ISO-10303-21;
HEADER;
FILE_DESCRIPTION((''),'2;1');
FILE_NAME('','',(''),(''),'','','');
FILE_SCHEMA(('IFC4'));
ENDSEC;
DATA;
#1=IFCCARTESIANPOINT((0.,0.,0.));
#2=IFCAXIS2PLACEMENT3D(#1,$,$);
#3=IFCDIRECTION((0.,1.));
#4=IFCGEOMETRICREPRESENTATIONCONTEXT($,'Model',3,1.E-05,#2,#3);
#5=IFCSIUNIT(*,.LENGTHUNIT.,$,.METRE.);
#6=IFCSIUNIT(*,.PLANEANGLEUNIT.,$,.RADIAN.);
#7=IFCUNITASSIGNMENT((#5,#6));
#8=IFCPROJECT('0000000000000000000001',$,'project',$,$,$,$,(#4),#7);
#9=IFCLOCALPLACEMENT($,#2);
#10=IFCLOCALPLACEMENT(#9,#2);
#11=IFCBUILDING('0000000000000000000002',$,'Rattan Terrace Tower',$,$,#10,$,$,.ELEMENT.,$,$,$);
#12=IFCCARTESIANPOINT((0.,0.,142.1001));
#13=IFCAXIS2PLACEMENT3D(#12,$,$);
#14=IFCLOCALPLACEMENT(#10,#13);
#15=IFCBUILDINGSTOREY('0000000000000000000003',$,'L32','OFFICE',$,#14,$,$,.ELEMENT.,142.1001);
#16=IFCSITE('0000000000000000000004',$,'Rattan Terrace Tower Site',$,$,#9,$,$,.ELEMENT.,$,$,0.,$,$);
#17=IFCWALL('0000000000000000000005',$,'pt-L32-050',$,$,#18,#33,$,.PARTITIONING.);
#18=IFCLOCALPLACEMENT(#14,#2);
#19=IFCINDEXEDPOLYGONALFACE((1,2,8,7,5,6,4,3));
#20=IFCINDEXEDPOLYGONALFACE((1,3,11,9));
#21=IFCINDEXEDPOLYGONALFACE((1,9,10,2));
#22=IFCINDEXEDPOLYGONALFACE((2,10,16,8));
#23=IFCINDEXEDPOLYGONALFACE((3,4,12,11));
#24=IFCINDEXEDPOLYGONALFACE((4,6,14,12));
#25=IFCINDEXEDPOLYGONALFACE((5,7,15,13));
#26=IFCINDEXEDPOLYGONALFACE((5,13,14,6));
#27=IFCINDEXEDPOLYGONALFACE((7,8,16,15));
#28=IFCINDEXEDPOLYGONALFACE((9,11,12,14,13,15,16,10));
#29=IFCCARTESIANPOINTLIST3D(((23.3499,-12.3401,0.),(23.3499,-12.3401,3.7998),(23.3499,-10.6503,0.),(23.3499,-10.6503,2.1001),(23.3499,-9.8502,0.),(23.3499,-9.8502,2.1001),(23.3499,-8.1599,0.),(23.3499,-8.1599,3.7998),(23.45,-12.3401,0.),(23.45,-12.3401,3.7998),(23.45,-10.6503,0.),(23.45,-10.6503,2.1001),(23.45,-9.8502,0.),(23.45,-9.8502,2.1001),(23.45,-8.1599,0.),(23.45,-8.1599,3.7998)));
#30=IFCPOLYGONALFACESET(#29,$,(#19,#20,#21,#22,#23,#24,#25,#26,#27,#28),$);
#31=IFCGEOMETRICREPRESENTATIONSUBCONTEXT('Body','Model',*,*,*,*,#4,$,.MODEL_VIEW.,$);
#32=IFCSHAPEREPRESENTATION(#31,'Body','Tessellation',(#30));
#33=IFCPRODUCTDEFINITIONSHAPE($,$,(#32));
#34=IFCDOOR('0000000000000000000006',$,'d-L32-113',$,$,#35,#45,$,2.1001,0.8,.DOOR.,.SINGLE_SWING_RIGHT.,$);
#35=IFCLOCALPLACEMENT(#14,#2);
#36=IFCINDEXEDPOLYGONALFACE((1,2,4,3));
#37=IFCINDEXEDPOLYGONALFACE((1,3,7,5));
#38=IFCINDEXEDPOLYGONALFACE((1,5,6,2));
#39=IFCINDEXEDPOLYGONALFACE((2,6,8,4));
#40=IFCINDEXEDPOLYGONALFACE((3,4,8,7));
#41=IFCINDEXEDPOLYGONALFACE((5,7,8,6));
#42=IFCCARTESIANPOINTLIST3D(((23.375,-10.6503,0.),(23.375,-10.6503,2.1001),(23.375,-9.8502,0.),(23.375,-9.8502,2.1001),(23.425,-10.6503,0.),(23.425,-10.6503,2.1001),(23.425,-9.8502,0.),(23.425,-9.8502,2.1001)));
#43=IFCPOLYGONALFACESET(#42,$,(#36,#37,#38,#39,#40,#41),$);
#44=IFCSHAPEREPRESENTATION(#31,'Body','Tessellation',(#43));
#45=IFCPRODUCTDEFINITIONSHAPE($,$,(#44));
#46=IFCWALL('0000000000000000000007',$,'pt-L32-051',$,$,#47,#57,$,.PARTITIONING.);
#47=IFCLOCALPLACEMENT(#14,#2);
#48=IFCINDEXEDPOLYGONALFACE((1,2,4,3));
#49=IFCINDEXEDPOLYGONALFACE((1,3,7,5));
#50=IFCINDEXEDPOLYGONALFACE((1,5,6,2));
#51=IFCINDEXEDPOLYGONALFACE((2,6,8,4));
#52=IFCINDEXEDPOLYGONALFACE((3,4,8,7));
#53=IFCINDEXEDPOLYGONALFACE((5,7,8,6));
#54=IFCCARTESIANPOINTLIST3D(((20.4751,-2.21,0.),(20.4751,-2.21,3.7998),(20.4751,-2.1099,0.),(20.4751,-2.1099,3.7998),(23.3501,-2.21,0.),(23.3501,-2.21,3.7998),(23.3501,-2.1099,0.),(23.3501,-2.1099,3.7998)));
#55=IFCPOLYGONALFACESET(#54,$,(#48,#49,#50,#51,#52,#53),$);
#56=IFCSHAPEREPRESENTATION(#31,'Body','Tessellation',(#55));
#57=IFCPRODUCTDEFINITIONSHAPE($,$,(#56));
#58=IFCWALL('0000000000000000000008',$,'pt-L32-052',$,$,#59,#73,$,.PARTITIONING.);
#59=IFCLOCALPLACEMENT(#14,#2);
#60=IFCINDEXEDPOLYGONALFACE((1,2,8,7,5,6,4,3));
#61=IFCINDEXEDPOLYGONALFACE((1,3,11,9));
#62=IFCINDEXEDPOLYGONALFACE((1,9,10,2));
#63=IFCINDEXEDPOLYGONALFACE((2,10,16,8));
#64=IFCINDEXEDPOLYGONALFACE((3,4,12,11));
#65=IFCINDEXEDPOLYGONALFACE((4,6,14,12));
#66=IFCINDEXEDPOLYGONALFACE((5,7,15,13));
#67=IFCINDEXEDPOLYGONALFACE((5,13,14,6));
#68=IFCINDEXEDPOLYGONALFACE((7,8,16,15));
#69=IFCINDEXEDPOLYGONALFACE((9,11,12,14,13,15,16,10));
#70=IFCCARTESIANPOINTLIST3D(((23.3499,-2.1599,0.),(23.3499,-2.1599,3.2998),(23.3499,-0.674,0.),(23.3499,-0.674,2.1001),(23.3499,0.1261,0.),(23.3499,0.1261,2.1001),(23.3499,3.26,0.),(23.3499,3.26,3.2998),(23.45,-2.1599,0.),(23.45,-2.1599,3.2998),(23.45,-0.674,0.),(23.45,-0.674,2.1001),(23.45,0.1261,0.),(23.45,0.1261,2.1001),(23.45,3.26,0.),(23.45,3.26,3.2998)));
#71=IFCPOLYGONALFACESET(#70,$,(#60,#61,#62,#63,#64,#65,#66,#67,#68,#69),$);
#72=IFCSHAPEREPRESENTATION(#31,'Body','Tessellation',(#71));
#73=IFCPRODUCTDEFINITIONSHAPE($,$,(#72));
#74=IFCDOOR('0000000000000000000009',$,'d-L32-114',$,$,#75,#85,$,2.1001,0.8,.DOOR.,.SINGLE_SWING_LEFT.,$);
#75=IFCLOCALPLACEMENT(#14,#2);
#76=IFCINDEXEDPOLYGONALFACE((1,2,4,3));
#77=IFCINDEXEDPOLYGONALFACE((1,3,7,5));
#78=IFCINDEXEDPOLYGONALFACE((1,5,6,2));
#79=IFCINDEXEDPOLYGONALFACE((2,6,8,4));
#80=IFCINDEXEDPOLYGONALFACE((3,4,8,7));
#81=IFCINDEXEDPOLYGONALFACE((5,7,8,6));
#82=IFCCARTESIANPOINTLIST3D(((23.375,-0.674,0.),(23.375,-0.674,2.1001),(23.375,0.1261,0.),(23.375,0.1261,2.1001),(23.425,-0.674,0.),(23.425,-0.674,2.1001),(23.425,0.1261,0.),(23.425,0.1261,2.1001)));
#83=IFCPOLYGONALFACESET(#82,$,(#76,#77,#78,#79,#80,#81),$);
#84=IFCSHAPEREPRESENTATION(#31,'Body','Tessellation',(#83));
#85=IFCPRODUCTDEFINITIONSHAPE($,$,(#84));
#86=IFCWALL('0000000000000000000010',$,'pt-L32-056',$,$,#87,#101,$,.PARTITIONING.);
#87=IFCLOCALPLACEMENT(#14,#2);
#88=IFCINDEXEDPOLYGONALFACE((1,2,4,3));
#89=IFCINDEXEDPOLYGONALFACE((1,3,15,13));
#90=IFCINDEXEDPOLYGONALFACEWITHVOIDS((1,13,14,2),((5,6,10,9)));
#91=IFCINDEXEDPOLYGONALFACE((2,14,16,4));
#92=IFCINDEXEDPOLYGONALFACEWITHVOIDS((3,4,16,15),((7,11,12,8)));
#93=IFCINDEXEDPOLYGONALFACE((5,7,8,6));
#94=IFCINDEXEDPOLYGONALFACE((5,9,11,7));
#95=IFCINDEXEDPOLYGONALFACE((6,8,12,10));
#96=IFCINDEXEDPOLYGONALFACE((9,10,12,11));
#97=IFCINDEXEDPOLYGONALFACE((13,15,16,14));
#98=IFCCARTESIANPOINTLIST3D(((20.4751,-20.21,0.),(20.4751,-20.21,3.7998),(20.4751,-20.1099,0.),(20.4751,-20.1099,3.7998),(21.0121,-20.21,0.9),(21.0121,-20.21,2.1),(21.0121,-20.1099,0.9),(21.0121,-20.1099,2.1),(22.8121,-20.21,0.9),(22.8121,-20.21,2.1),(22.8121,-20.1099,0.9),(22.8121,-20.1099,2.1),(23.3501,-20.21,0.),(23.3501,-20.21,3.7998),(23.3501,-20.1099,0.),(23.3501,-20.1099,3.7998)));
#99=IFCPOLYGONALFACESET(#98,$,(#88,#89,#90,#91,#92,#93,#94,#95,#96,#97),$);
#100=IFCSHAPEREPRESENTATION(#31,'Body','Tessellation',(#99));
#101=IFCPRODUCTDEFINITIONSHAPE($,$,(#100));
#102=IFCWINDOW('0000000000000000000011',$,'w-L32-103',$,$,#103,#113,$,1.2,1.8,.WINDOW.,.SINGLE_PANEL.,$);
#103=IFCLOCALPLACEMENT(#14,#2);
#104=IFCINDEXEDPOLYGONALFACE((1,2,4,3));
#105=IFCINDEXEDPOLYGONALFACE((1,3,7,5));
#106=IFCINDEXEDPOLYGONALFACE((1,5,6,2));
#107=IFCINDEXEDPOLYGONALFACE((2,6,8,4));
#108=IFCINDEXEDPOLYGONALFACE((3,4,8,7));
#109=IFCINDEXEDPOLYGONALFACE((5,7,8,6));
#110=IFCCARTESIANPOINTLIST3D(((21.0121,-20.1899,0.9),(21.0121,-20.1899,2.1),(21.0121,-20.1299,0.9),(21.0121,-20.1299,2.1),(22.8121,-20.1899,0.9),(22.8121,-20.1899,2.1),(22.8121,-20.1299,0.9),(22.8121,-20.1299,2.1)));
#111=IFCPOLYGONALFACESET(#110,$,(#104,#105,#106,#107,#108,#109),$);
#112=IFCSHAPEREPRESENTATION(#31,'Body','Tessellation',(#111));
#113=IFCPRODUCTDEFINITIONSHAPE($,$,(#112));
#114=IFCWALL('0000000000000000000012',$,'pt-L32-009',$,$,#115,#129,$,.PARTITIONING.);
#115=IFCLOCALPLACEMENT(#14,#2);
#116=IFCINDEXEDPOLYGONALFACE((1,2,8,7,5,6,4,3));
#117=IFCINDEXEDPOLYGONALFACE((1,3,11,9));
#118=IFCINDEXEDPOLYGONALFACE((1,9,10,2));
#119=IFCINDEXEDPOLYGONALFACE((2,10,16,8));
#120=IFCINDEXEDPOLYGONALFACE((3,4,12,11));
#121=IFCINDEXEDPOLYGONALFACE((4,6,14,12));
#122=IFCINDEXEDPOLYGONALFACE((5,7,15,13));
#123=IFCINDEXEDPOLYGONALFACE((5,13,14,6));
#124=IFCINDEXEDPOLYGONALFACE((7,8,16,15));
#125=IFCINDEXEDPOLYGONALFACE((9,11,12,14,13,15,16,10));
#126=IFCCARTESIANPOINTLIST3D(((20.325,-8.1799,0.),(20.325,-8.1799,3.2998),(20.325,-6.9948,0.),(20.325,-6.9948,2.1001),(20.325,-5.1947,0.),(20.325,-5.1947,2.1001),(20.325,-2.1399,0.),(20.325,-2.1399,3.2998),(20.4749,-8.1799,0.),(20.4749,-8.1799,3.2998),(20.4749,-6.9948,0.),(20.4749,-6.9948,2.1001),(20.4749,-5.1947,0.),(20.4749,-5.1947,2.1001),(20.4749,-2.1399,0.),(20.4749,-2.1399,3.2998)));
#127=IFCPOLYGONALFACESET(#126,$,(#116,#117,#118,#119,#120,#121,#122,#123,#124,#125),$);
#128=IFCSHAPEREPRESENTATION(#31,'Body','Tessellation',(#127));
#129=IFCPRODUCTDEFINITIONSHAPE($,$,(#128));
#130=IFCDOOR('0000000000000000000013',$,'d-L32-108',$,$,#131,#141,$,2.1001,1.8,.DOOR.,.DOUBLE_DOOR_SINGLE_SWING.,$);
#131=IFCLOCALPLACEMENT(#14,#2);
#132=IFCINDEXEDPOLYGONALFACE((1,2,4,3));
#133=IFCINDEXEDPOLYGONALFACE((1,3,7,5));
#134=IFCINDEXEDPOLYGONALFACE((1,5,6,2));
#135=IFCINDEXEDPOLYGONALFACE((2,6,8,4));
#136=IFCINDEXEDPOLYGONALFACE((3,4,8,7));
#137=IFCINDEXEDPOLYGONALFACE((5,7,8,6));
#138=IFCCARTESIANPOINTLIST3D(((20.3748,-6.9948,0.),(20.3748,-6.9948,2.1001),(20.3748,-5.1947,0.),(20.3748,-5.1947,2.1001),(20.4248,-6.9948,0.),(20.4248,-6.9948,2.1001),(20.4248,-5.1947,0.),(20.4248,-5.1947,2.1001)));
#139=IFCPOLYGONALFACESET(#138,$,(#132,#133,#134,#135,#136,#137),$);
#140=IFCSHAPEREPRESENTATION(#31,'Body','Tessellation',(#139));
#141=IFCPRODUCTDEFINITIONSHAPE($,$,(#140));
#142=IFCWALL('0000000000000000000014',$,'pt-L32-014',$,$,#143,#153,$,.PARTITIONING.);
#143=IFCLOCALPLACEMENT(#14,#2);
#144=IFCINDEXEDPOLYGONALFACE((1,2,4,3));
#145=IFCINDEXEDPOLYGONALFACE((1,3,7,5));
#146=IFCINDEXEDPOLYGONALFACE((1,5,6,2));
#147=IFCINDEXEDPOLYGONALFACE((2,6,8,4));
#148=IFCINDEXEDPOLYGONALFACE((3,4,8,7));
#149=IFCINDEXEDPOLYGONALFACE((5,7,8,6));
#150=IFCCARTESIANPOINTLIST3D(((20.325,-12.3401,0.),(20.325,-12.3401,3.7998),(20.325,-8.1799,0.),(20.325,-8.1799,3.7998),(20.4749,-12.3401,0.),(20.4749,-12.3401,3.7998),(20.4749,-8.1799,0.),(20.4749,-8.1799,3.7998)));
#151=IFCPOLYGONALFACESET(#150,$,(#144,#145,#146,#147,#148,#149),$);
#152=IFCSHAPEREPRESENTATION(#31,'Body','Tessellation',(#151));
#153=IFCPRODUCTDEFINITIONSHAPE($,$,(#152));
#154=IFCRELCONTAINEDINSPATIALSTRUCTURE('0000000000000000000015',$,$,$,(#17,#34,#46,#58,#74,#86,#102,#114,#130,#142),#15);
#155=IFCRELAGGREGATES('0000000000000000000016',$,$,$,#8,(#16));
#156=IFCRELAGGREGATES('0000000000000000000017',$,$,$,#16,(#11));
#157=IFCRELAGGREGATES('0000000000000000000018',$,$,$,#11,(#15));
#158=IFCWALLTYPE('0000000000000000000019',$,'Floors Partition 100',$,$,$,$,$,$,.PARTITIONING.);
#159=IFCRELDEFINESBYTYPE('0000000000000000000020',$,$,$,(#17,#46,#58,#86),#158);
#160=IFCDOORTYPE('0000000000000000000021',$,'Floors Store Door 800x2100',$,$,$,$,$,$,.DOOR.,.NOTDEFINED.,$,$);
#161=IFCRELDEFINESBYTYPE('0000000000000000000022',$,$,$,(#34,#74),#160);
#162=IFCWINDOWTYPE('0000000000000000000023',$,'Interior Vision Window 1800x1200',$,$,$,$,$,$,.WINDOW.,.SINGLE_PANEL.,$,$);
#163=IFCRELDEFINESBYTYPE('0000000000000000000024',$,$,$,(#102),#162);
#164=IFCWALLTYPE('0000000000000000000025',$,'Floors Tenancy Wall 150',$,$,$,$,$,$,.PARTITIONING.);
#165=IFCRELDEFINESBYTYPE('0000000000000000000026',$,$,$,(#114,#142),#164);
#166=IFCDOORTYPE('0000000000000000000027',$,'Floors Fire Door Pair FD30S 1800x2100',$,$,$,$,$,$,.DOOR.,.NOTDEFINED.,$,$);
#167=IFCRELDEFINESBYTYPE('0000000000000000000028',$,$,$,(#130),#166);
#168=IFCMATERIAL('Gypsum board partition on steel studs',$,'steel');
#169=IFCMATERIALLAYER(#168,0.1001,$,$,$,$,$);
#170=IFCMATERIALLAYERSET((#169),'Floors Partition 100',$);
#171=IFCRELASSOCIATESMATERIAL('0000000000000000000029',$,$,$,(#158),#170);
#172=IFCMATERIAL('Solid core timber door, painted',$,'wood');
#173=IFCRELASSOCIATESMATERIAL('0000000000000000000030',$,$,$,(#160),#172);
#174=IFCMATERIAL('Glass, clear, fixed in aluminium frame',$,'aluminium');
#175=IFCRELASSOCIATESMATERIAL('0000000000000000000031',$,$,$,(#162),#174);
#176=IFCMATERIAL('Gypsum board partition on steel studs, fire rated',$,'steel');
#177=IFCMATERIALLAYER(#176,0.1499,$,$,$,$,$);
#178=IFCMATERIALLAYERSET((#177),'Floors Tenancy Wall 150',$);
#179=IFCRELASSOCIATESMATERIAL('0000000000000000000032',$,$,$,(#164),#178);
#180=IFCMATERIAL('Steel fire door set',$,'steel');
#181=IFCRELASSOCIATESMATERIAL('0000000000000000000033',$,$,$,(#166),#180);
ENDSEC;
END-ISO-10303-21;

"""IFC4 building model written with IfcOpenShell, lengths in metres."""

from ifc_helpers import new_model, si_unit, direction, frame, frame_2d, origin, place, context, subcontext, project, spatial, rectangle, extrude, material, layer, layer_set, type_object, element, fill, save


model = new_model("IFC4")

# Units and contexts
model_context = context("Model", 3, precision=1e-05, world=origin(), true_north=direction((0.0, 1.0)))
body_context = subcontext(model_context, "Body", "Model", "MODEL_VIEW")
ifc_project = project(units=[si_unit("LENGTHUNIT", "METRE"), si_unit("PLANEANGLEUNIT", "RADIAN")], contexts=[model_context])

# Site, building, storey
site_placement = place(None, origin())
site = spatial("IfcSite", under=ifc_project, at=site_placement, Name="Rattan Terrace Tower Site", CompositionType="ELEMENT", RefElevation=0.0)
building_placement = place(site_placement, origin())
building = spatial("IfcBuilding", under=site, at=building_placement, Name="Rattan Terrace Tower", CompositionType="ELEMENT")
storey_placement = place(building_placement, frame((0.0, 0.0, 142.1001)))
storey = spatial("IfcBuildingStorey", under=building, at=storey_placement, Name="L32", Description="OFFICE", CompositionType="ELEMENT", Elevation=142.1001)

# Shared definitions
ifc_material_1 = material(Name="Gypsum board partition on steel studs", Category="steel")
ifc_layer_1 = layer(ifc_material_1, 0.1001)
ifc_layer_set_1 = layer_set([ifc_layer_1], Name="Floors Partition 100")
wall_type_1 = type_object("IfcWallType", Name="Floors Partition 100", PredefinedType="PARTITIONING", material=ifc_layer_set_1)
ifc_material_2 = material(Name="Solid core timber door, painted", Category="wood")
door_type_1 = type_object("IfcDoorType", Name="Floors Store Door 800x2100", OperationType="NOTDEFINED", PredefinedType="DOOR", material=ifc_material_2)

# Wall, opening, door
wall_1_placement = place(storey_placement, frame((23.3999, -12.3401, 0.0), z_axis=(0.0, 0.0, 1.0), x_axis=(0.0, 1.0, 0.0)))
wall_1 = element("IfcWall", 1, at=wall_1_placement, inside=storey, type_object=wall_type_1, Name="pt-L32-050", PredefinedType="PARTITIONING", context=body_context, shape_type="SweptSolid", body=[
    extrude(rectangle(XDim=4.1802, YDim=0.1001, at=frame_2d((2.0901, 0.0))), origin(), (0.0, 0.0, 1.0), 3.7998),
])
opening_1_placement = place(wall_1_placement, frame((1.6899, 0.0, 0.0)))
opening_1 = element("IfcOpeningElement", 2, at=opening_1_placement, cuts=wall_1, PredefinedType="OPENING", context=body_context, shape_type="SweptSolid", body=[
    extrude(rectangle(XDim=0.8, YDim=2.1001, at=frame_2d((0.3999, 1.05))), frame((0.0, 0.0605, 0.0), z_axis=(0.0, -1.0, 0.0), x_axis=(1.0, 0.0, 0.0)), (0.0, 0.0, 1.0), 0.1211),
])
door_1_placement = place(opening_1_placement, origin())
door_1 = element("IfcDoor", 3, at=door_1_placement, inside=storey, type_object=door_type_1, Name="d-L32-113", OperationType="SINGLE_SWING_RIGHT", OverallHeight=2.1001, OverallWidth=0.8, PredefinedType="DOOR", context=body_context, shape_type="SweptSolid", body=[
    extrude(rectangle(XDim=0.8, YDim=2.1001, at=frame_2d((0.3999, 1.05))), frame((0.0, 0.0249, 0.0), z_axis=(0.0, -1.0, 0.0), x_axis=(1.0, 0.0, 0.0)), (0.0, 0.0, 1.0), 0.05),
])
fill(opening_1, door_1)

# Wall
wall_2_placement = place(storey_placement, frame((20.4751, -2.1599, 0.0), z_axis=(0.0, 0.0, 1.0), x_axis=(1.0, 0.0, 0.0)))
element("IfcWall", 4, at=wall_2_placement, inside=storey, type_object=wall_type_1, Name="pt-L32-051", PredefinedType="PARTITIONING", context=body_context, shape_type="SweptSolid", body=[
    extrude(rectangle(XDim=2.875, YDim=0.1001, at=frame_2d((1.4375, 0.0))), origin(), (0.0, 0.0, 1.0), 3.7998),
])

# Wall, opening, door
wall_3_placement = place(storey_placement, frame((23.3999, -2.1599, 0.0), z_axis=(0.0, 0.0, 1.0), x_axis=(0.0, 1.0, 0.0)))
wall_3 = element("IfcWall", 5, at=wall_3_placement, inside=storey, type_object=wall_type_1, Name="pt-L32-052", PredefinedType="PARTITIONING", context=body_context, shape_type="SweptSolid", body=[
    extrude(rectangle(XDim=5.4199, YDim=0.1001, at=frame_2d((2.71, 0.0))), origin(), (0.0, 0.0, 1.0), 3.2998),
])
opening_2_placement = place(wall_3_placement, frame((1.4861, 0.0, 0.0)))
opening_2 = element("IfcOpeningElement", 6, at=opening_2_placement, cuts=wall_3, PredefinedType="OPENING", context=body_context, shape_type="SweptSolid", body=[
    extrude(rectangle(XDim=0.8, YDim=2.1001, at=frame_2d((0.3999, 1.05))), frame((0.0, 0.0605, 0.0), z_axis=(0.0, -1.0, 0.0), x_axis=(1.0, 0.0, 0.0)), (0.0, 0.0, 1.0), 0.1211),
])
door_2_placement = place(opening_2_placement, origin())
door_2 = element("IfcDoor", 7, at=door_2_placement, inside=storey, type_object=door_type_1, Name="d-L32-114", OperationType="SINGLE_SWING_LEFT", OverallHeight=2.1001, OverallWidth=0.8, PredefinedType="DOOR", context=body_context, shape_type="SweptSolid", body=[
    extrude(rectangle(XDim=0.8, YDim=2.1001, at=frame_2d((0.3999, 1.05))), frame((0.0, 0.0249, 0.0), z_axis=(0.0, -1.0, 0.0), x_axis=(1.0, 0.0, 0.0)), (0.0, 0.0, 1.0), 0.05),
])
fill(opening_2, door_2)

# Wall, opening, window
wall_4_placement = place(storey_placement, frame((20.4751, -20.1599, 0.0), z_axis=(0.0, 0.0, 1.0), x_axis=(1.0, 0.0, 0.0)))
wall_4 = element("IfcWall", 8, at=wall_4_placement, inside=storey, type_object=wall_type_1, Name="pt-L32-056", PredefinedType="PARTITIONING", context=body_context, shape_type="SweptSolid", body=[
    extrude(rectangle(XDim=2.875, YDim=0.1001, at=frame_2d((1.4375, 0.0))), origin(), (0.0, 0.0, 1.0), 3.7998),
])
opening_3_placement = place(wall_4_placement, frame((0.5371, 0.0, 0.8999)))
opening_3 = element("IfcOpeningElement", 9, at=opening_3_placement, cuts=wall_4, PredefinedType="OPENING", context=body_context, shape_type="SweptSolid", body=[
    extrude(rectangle(XDim=1.8, YDim=1.2, at=frame_2d((0.8999, 0.6001))), frame((0.0, 0.0605, 0.0), z_axis=(0.0, -1.0, 0.0), x_axis=(1.0, 0.0, 0.0)), (0.0, 0.0, 1.0), 0.1211),
])
ifc_material_3 = material(Name="Glass, clear, fixed in aluminium frame", Category="aluminium")
window_type = type_object("IfcWindowType", Name="Interior Vision Window 1800x1200", PartitioningType="SINGLE_PANEL", PredefinedType="WINDOW", material=ifc_material_3)
window_placement = place(opening_3_placement, origin())
window = element("IfcWindow", 10, at=window_placement, inside=storey, type_object=window_type, Name="w-L32-103", OverallHeight=1.2, OverallWidth=1.8, PartitioningType="SINGLE_PANEL", PredefinedType="WINDOW", context=body_context, shape_type="SweptSolid", body=[
    extrude(rectangle(XDim=1.8, YDim=1.2, at=frame_2d((0.8999, 0.6001))), frame((0.0, 0.03, 0.0), z_axis=(0.0, -1.0, 0.0), x_axis=(1.0, 0.0, 0.0)), (0.0, 0.0, 1.0), 0.0601),
])
fill(opening_3, window)

# Wall, opening, door
ifc_material_4 = material(Name="Gypsum board partition on steel studs, fire rated", Category="steel")
ifc_layer_2 = layer(ifc_material_4, 0.1499)
ifc_layer_set_2 = layer_set([ifc_layer_2], Name="Floors Tenancy Wall 150")
wall_type_2 = type_object("IfcWallType", Name="Floors Tenancy Wall 150", PredefinedType="PARTITIONING", material=ifc_layer_set_2)
wall_5_placement = place(storey_placement, frame((20.3999, -2.1399, 0.0), z_axis=(0.0, 0.0, 1.0), x_axis=(0.0, -1.0, 0.0)))
wall_5 = element("IfcWall", 11, at=wall_5_placement, inside=storey, type_object=wall_type_2, Name="pt-L32-009", PredefinedType="PARTITIONING", context=body_context, shape_type="SweptSolid", body=[
    extrude(rectangle(XDim=6.04, YDim=0.1499, at=frame_2d((3.02, 0.0))), origin(), (0.0, 0.0, 1.0), 3.2998),
])
opening_4_placement = place(wall_5_placement, frame((3.0549, 0.0, 0.0)))
opening_4 = element("IfcOpeningElement", 12, at=opening_4_placement, cuts=wall_5, PredefinedType="OPENING", context=body_context, shape_type="SweptSolid", body=[
    extrude(rectangle(XDim=1.8, YDim=2.1001, at=frame_2d((0.8999, 1.05))), frame((0.0, 0.0854, 0.0), z_axis=(0.0, -1.0, 0.0), x_axis=(1.0, 0.0, 0.0)), (0.0, 0.0, 1.0), 0.1709),
])
ifc_material_5 = material(Name="Steel fire door set", Category="steel")
door_type_2 = type_object("IfcDoorType", Name="Floors Fire Door Pair FD30S 1800x2100", OperationType="NOTDEFINED", PredefinedType="DOOR", material=ifc_material_5)
door_3_placement = place(opening_4_placement, origin())
door_3 = element("IfcDoor", 13, at=door_3_placement, inside=storey, type_object=door_type_2, Name="d-L32-108", OperationType="DOUBLE_DOOR_SINGLE_SWING", OverallHeight=2.1001, OverallWidth=1.8, PredefinedType="DOOR", context=body_context, shape_type="SweptSolid", body=[
    extrude(rectangle(XDim=1.8, YDim=2.1001, at=frame_2d((0.8999, 1.05))), frame((0.0, 0.0249, 0.0), z_axis=(0.0, -1.0, 0.0), x_axis=(1.0, 0.0, 0.0)), (0.0, 0.0, 1.0), 0.05),
])
fill(opening_4, door_3)

# Wall
wall_6_placement = place(storey_placement, frame((20.3999, -8.1799, 0.0), z_axis=(0.0, 0.0, 1.0), x_axis=(0.0, -1.0, 0.0)))
element("IfcWall", 14, at=wall_6_placement, inside=storey, type_object=wall_type_2, Name="pt-L32-014", PredefinedType="PARTITIONING", context=body_context, shape_type="SweptSolid", body=[
    extrude(rectangle(XDim=4.1602, YDim=0.1499, at=frame_2d((2.0801, 0.0))), origin(), (0.0, 0.0, 1.0), 3.7998),
])

save(model, "model.ifc")
